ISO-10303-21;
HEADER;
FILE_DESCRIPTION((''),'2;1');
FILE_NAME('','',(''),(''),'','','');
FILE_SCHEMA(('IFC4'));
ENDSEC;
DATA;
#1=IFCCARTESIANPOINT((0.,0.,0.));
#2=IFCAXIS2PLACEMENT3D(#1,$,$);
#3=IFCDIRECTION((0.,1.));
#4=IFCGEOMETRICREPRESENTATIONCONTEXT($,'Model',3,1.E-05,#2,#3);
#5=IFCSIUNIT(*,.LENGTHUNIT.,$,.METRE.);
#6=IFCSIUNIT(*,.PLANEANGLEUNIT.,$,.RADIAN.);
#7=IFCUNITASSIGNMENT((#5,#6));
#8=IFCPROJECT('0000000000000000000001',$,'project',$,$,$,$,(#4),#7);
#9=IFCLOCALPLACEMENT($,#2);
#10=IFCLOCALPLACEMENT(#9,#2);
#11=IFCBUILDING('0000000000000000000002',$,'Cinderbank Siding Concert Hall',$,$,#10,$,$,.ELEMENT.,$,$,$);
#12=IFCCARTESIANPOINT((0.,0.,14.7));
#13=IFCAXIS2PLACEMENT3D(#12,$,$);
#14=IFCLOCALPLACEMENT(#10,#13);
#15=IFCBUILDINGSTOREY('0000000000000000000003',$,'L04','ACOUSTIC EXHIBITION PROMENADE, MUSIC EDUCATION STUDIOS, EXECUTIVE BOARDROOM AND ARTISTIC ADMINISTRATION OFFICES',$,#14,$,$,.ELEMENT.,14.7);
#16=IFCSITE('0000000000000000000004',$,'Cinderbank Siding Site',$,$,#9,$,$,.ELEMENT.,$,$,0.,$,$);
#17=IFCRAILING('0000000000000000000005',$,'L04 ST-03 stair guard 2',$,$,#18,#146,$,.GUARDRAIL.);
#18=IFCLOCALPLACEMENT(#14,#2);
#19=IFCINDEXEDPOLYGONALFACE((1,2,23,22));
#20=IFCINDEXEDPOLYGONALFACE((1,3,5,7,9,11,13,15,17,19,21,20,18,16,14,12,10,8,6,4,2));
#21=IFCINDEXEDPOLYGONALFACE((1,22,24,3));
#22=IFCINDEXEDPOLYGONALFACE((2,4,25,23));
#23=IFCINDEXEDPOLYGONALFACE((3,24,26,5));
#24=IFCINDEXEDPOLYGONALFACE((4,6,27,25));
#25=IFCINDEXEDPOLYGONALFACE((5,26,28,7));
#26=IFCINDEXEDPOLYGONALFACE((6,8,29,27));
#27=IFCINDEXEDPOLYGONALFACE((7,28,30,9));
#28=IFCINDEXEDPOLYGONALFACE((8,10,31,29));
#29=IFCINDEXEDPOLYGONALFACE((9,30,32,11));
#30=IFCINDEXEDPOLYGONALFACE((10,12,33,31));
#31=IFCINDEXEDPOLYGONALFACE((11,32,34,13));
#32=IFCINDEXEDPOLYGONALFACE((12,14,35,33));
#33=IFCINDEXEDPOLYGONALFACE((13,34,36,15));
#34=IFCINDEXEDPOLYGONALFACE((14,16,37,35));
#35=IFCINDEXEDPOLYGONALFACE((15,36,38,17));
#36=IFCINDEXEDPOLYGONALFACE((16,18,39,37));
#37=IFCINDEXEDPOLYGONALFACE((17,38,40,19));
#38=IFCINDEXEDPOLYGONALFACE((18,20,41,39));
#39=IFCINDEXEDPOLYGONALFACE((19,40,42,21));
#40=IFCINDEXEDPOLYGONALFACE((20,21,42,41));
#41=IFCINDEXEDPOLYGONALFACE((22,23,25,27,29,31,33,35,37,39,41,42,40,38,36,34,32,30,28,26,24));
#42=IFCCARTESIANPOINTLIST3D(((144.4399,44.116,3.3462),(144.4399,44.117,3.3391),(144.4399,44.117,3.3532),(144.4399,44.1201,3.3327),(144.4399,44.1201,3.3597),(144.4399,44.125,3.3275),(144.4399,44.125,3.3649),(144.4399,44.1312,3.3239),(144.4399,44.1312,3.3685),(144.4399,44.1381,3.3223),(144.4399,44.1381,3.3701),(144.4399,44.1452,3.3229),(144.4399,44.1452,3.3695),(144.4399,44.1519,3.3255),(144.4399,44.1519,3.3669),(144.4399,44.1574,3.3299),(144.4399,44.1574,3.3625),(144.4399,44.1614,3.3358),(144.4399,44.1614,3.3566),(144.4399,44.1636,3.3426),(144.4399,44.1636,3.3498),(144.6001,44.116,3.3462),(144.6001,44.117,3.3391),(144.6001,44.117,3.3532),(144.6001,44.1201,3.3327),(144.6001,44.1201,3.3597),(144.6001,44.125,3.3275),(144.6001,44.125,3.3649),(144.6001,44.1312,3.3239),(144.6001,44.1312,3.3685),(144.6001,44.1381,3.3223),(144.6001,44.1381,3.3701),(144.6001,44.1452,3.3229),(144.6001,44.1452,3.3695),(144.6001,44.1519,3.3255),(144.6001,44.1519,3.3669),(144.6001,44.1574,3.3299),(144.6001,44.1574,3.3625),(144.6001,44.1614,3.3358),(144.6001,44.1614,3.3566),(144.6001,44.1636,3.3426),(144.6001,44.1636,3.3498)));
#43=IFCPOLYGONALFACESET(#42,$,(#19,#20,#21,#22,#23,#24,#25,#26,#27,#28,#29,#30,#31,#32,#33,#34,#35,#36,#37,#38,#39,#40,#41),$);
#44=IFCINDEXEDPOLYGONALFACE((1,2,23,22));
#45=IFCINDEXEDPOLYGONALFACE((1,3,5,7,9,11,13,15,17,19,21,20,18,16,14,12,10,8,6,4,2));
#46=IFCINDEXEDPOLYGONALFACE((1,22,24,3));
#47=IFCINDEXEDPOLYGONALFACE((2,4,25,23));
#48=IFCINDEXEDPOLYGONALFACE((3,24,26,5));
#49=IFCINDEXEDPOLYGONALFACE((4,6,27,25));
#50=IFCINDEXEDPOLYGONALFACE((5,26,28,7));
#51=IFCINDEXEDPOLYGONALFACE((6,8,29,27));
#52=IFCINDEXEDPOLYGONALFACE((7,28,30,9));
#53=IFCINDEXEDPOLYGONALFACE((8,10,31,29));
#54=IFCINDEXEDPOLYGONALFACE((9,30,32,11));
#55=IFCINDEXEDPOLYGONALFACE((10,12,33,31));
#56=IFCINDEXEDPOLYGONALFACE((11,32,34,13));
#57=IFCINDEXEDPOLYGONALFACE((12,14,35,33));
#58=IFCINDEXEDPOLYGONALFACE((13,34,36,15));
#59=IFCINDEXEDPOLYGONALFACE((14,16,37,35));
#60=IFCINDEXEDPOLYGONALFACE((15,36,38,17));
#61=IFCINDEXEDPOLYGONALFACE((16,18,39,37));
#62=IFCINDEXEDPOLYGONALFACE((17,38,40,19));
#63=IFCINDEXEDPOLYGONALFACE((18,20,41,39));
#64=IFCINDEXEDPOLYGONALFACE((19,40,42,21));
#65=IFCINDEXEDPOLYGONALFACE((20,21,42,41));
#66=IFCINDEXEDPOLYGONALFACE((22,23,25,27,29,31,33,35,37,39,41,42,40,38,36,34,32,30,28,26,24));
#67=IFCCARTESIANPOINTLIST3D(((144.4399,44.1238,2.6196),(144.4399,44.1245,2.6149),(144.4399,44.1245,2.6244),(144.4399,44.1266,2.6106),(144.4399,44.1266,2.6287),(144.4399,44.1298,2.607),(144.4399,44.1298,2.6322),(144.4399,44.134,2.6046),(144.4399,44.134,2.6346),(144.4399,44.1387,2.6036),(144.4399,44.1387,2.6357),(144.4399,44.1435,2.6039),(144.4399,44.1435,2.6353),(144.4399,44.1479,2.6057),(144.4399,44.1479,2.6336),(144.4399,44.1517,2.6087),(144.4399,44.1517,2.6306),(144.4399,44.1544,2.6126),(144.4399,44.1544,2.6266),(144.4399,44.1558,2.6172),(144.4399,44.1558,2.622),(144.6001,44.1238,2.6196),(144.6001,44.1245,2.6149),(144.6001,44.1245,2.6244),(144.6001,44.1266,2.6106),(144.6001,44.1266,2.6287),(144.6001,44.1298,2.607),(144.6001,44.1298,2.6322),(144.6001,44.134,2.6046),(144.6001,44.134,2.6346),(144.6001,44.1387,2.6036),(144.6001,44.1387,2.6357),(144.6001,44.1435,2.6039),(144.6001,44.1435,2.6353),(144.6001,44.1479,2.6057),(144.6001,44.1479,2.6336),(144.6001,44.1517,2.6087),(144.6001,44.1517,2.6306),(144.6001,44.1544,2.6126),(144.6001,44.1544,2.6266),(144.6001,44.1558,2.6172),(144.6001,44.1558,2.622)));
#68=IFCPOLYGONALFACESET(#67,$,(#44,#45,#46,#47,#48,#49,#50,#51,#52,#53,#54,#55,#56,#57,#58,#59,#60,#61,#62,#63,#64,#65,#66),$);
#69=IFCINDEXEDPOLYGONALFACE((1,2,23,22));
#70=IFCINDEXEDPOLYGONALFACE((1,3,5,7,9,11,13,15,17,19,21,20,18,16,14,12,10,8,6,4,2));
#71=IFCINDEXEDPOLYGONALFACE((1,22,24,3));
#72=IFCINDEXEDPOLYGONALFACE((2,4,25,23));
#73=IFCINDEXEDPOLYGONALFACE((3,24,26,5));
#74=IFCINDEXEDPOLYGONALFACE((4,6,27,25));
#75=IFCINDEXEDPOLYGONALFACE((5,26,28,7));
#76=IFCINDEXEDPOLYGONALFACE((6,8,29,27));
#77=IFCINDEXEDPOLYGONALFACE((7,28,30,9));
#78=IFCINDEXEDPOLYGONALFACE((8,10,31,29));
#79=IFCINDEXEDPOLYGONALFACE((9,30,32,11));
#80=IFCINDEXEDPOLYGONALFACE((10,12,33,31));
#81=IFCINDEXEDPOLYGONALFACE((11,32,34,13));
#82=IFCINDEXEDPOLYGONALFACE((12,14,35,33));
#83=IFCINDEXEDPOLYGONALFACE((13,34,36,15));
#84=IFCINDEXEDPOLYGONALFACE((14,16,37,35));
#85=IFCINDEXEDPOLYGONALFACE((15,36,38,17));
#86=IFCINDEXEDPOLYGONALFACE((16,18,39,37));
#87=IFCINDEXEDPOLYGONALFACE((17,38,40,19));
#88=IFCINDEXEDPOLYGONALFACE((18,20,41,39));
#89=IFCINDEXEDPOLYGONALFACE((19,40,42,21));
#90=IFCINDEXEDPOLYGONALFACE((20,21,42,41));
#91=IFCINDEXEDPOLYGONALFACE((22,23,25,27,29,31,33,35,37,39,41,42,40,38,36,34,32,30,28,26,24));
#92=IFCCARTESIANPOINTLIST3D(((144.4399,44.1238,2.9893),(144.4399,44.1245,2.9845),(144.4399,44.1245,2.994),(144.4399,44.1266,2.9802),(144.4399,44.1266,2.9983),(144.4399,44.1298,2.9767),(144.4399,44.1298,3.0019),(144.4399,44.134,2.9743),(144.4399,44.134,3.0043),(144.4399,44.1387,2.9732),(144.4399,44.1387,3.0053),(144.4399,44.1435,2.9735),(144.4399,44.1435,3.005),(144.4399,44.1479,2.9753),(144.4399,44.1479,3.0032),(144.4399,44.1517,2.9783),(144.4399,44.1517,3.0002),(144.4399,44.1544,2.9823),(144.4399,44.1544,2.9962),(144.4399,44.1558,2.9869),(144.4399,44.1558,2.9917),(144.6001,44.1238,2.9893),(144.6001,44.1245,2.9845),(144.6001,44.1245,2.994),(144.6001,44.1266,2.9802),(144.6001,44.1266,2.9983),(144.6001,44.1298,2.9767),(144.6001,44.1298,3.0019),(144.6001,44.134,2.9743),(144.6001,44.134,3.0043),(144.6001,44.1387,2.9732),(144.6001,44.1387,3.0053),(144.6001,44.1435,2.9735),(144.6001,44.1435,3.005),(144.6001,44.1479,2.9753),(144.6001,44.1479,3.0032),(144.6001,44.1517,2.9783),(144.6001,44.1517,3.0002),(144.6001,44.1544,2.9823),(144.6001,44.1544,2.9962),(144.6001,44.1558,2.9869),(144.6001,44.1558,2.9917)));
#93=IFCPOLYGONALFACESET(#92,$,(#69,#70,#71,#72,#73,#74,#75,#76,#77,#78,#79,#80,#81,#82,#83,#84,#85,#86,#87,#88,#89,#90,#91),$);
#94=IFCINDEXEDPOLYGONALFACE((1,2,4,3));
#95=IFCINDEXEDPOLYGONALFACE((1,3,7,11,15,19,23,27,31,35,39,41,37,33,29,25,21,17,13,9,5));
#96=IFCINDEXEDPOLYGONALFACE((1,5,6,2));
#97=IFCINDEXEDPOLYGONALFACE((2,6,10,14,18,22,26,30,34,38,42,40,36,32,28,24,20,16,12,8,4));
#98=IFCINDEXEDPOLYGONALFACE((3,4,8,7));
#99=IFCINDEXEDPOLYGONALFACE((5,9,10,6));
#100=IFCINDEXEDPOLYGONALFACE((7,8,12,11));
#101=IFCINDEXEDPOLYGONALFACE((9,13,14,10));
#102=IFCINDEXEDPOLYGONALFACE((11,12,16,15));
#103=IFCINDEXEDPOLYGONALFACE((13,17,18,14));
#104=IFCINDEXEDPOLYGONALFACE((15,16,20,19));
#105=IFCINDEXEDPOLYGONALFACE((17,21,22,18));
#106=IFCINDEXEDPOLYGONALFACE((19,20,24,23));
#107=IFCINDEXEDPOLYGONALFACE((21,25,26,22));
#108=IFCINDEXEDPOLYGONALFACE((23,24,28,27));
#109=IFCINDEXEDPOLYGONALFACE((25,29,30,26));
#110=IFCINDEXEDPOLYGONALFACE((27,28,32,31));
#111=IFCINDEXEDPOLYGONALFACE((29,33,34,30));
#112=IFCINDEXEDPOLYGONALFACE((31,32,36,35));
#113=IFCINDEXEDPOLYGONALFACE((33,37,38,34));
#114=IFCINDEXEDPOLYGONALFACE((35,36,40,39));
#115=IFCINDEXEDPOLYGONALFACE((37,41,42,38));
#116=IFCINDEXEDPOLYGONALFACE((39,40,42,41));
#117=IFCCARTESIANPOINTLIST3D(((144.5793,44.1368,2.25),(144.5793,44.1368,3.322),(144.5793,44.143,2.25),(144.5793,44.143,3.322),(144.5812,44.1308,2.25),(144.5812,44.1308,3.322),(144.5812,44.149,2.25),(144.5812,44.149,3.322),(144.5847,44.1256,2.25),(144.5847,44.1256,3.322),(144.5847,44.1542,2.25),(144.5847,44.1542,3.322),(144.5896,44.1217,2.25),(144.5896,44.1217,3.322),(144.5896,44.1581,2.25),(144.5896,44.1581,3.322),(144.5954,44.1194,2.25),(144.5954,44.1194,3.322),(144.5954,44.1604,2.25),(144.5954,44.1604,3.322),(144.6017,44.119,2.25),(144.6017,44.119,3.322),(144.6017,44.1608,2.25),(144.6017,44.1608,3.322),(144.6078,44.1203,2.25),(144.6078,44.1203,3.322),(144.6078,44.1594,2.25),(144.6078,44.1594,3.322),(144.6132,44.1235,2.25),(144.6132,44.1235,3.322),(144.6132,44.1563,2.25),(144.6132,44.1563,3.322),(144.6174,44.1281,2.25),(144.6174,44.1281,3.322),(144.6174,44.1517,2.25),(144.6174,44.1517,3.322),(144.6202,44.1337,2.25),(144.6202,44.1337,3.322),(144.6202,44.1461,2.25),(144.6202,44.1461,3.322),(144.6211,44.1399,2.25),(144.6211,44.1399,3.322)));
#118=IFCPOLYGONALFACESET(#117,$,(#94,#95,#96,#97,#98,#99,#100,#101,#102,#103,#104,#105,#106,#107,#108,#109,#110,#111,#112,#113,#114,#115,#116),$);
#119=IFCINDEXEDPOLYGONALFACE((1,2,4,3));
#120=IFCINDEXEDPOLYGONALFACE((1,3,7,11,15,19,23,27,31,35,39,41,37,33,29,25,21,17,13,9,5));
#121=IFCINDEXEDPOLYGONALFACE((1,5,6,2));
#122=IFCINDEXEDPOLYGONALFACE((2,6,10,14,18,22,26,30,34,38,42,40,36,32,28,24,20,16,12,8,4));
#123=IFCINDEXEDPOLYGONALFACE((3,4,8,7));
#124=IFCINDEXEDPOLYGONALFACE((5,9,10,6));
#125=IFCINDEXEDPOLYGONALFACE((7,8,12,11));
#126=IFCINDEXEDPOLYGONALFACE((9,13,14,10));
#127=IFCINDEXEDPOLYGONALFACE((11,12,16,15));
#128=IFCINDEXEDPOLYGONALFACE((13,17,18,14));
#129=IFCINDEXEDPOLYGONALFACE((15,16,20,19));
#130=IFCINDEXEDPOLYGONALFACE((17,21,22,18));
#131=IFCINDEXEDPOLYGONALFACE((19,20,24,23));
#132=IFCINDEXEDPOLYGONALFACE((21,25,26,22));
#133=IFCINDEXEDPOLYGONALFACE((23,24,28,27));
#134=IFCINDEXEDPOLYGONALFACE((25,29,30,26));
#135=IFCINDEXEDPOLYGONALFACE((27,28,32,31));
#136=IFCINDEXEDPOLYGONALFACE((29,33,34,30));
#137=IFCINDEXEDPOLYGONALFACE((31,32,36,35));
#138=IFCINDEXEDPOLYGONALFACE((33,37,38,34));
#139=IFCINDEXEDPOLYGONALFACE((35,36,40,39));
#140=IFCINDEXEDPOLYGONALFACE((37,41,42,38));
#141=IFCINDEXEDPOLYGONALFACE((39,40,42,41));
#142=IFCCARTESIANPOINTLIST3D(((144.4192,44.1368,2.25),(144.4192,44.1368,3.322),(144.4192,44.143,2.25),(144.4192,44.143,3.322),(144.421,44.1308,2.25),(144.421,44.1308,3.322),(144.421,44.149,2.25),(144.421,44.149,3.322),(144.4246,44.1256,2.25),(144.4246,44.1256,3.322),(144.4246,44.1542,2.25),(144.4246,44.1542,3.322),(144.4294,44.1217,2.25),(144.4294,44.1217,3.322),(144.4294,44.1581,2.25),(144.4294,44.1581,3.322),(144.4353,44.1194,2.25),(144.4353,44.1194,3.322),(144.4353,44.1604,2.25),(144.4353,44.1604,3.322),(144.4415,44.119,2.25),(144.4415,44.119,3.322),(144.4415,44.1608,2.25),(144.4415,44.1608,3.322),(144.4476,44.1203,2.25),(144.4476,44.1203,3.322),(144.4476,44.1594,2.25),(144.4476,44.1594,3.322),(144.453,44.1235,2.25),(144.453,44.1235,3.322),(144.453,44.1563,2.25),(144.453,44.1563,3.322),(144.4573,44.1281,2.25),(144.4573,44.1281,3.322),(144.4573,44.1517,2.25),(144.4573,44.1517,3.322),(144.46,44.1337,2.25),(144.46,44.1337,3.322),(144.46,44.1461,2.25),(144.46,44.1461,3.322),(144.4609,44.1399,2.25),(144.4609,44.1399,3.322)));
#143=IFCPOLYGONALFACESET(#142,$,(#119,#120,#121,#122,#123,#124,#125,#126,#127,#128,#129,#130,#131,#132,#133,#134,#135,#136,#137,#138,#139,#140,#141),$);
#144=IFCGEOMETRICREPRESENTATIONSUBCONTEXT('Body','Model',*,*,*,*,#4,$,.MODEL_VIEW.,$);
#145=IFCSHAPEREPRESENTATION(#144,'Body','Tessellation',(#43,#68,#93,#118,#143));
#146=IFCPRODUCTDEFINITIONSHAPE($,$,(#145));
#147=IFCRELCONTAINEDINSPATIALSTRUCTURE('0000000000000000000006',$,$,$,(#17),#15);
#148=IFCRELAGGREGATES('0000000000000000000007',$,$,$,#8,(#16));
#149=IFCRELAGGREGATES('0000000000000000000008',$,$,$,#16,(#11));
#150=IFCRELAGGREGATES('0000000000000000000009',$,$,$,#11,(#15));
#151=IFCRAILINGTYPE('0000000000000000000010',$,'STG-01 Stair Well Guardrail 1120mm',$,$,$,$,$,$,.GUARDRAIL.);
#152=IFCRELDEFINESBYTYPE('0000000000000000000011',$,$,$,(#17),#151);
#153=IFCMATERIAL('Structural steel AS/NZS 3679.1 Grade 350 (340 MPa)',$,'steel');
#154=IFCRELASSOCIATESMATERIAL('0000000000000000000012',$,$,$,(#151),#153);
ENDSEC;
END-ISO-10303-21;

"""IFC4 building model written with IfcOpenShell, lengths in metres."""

from ifc_helpers import new_model, si_unit, direction, frame, origin, origin_2d, place, context, subcontext, project, spatial, circle, extrude, material, type_object, element, save


model = new_model("IFC4")

# Units and contexts
model_context = context("Model", 3, precision=1e-05, world=origin(), true_north=direction((0.0, 1.0)))
body_context = subcontext(model_context, "Body", "Model", "MODEL_VIEW")
ifc_project = project(units=[si_unit("LENGTHUNIT", "METRE"), si_unit("PLANEANGLEUNIT", "RADIAN")], contexts=[model_context])

# Site, building, storey
site_placement = place(None, origin())
site = spatial("IfcSite", under=ifc_project, at=site_placement, Name="Cinderbank Siding Site", CompositionType="ELEMENT", RefElevation=0.0)
building_placement = place(site_placement, origin())
building = spatial("IfcBuilding", under=site, at=building_placement, Name="Cinderbank Siding Concert Hall", CompositionType="ELEMENT")
storey_placement = place(building_placement, frame((0.0, 0.0, 14.7)))
storey = spatial("IfcBuildingStorey", under=building, at=storey_placement, Name="L04", Description="ACOUSTIC EXHIBITION PROMENADE, MUSIC EDUCATION STUDIOS, EXECUTIVE BOARDROOM AND ARTISTIC ADMINISTRATION OFFICES", CompositionType="ELEMENT", Elevation=14.7)

# Railing
ifc_material_1 = material(Name="Structural steel AS/NZS 3679.1 Grade 350 (340 MPa)", Category="steel")
railing_type_1 = type_object("IfcRailingType", Name="STG-01 Stair Well Guardrail 1120mm", PredefinedType="GUARDRAIL", material=ifc_material_1)
railing_1_placement = place(storey_placement, frame((144.6001, 44.1399, 2.25)))
element("IfcRailing", 1, at=railing_1_placement, inside=storey, type_object=railing_type_1, Name="L04 ST-03 stair guard 2", PredefinedType="GUARDRAIL", context=body_context, shape_type="SweptSolid", body=[
    extrude(circle(Radius=0.0239, at=origin_2d()), frame((0.0, 0.0, 1.0962), z_axis=(-1.0, 0.0, 0.0), x_axis=(0.0, -1.0, 0.0)), (0.0, 0.0, 1.0), 0.1602),
    extrude(circle(Radius=0.0161, at=origin_2d()), frame((0.0, 0.0, 0.3696), z_axis=(-1.0, 0.0, 0.0), x_axis=(0.0, -1.0, 0.0)), (0.0, 0.0, 1.0), 0.1602),
    extrude(circle(Radius=0.0161, at=origin_2d()), frame((0.0, 0.0, 0.7393), z_axis=(-1.0, 0.0, 0.0), x_axis=(0.0, -1.0, 0.0)), (0.0, 0.0, 1.0), 0.1602),
    extrude(circle(Radius=0.021, at=origin_2d()), origin(), (0.0, 0.0, 1.0), 1.072),
    extrude(circle(Radius=0.021, at=origin_2d()), frame((-0.1602, 0.0, 0.0)), (0.0, 0.0, 1.0), 1.072),
])

save(model, "model.ifc")
